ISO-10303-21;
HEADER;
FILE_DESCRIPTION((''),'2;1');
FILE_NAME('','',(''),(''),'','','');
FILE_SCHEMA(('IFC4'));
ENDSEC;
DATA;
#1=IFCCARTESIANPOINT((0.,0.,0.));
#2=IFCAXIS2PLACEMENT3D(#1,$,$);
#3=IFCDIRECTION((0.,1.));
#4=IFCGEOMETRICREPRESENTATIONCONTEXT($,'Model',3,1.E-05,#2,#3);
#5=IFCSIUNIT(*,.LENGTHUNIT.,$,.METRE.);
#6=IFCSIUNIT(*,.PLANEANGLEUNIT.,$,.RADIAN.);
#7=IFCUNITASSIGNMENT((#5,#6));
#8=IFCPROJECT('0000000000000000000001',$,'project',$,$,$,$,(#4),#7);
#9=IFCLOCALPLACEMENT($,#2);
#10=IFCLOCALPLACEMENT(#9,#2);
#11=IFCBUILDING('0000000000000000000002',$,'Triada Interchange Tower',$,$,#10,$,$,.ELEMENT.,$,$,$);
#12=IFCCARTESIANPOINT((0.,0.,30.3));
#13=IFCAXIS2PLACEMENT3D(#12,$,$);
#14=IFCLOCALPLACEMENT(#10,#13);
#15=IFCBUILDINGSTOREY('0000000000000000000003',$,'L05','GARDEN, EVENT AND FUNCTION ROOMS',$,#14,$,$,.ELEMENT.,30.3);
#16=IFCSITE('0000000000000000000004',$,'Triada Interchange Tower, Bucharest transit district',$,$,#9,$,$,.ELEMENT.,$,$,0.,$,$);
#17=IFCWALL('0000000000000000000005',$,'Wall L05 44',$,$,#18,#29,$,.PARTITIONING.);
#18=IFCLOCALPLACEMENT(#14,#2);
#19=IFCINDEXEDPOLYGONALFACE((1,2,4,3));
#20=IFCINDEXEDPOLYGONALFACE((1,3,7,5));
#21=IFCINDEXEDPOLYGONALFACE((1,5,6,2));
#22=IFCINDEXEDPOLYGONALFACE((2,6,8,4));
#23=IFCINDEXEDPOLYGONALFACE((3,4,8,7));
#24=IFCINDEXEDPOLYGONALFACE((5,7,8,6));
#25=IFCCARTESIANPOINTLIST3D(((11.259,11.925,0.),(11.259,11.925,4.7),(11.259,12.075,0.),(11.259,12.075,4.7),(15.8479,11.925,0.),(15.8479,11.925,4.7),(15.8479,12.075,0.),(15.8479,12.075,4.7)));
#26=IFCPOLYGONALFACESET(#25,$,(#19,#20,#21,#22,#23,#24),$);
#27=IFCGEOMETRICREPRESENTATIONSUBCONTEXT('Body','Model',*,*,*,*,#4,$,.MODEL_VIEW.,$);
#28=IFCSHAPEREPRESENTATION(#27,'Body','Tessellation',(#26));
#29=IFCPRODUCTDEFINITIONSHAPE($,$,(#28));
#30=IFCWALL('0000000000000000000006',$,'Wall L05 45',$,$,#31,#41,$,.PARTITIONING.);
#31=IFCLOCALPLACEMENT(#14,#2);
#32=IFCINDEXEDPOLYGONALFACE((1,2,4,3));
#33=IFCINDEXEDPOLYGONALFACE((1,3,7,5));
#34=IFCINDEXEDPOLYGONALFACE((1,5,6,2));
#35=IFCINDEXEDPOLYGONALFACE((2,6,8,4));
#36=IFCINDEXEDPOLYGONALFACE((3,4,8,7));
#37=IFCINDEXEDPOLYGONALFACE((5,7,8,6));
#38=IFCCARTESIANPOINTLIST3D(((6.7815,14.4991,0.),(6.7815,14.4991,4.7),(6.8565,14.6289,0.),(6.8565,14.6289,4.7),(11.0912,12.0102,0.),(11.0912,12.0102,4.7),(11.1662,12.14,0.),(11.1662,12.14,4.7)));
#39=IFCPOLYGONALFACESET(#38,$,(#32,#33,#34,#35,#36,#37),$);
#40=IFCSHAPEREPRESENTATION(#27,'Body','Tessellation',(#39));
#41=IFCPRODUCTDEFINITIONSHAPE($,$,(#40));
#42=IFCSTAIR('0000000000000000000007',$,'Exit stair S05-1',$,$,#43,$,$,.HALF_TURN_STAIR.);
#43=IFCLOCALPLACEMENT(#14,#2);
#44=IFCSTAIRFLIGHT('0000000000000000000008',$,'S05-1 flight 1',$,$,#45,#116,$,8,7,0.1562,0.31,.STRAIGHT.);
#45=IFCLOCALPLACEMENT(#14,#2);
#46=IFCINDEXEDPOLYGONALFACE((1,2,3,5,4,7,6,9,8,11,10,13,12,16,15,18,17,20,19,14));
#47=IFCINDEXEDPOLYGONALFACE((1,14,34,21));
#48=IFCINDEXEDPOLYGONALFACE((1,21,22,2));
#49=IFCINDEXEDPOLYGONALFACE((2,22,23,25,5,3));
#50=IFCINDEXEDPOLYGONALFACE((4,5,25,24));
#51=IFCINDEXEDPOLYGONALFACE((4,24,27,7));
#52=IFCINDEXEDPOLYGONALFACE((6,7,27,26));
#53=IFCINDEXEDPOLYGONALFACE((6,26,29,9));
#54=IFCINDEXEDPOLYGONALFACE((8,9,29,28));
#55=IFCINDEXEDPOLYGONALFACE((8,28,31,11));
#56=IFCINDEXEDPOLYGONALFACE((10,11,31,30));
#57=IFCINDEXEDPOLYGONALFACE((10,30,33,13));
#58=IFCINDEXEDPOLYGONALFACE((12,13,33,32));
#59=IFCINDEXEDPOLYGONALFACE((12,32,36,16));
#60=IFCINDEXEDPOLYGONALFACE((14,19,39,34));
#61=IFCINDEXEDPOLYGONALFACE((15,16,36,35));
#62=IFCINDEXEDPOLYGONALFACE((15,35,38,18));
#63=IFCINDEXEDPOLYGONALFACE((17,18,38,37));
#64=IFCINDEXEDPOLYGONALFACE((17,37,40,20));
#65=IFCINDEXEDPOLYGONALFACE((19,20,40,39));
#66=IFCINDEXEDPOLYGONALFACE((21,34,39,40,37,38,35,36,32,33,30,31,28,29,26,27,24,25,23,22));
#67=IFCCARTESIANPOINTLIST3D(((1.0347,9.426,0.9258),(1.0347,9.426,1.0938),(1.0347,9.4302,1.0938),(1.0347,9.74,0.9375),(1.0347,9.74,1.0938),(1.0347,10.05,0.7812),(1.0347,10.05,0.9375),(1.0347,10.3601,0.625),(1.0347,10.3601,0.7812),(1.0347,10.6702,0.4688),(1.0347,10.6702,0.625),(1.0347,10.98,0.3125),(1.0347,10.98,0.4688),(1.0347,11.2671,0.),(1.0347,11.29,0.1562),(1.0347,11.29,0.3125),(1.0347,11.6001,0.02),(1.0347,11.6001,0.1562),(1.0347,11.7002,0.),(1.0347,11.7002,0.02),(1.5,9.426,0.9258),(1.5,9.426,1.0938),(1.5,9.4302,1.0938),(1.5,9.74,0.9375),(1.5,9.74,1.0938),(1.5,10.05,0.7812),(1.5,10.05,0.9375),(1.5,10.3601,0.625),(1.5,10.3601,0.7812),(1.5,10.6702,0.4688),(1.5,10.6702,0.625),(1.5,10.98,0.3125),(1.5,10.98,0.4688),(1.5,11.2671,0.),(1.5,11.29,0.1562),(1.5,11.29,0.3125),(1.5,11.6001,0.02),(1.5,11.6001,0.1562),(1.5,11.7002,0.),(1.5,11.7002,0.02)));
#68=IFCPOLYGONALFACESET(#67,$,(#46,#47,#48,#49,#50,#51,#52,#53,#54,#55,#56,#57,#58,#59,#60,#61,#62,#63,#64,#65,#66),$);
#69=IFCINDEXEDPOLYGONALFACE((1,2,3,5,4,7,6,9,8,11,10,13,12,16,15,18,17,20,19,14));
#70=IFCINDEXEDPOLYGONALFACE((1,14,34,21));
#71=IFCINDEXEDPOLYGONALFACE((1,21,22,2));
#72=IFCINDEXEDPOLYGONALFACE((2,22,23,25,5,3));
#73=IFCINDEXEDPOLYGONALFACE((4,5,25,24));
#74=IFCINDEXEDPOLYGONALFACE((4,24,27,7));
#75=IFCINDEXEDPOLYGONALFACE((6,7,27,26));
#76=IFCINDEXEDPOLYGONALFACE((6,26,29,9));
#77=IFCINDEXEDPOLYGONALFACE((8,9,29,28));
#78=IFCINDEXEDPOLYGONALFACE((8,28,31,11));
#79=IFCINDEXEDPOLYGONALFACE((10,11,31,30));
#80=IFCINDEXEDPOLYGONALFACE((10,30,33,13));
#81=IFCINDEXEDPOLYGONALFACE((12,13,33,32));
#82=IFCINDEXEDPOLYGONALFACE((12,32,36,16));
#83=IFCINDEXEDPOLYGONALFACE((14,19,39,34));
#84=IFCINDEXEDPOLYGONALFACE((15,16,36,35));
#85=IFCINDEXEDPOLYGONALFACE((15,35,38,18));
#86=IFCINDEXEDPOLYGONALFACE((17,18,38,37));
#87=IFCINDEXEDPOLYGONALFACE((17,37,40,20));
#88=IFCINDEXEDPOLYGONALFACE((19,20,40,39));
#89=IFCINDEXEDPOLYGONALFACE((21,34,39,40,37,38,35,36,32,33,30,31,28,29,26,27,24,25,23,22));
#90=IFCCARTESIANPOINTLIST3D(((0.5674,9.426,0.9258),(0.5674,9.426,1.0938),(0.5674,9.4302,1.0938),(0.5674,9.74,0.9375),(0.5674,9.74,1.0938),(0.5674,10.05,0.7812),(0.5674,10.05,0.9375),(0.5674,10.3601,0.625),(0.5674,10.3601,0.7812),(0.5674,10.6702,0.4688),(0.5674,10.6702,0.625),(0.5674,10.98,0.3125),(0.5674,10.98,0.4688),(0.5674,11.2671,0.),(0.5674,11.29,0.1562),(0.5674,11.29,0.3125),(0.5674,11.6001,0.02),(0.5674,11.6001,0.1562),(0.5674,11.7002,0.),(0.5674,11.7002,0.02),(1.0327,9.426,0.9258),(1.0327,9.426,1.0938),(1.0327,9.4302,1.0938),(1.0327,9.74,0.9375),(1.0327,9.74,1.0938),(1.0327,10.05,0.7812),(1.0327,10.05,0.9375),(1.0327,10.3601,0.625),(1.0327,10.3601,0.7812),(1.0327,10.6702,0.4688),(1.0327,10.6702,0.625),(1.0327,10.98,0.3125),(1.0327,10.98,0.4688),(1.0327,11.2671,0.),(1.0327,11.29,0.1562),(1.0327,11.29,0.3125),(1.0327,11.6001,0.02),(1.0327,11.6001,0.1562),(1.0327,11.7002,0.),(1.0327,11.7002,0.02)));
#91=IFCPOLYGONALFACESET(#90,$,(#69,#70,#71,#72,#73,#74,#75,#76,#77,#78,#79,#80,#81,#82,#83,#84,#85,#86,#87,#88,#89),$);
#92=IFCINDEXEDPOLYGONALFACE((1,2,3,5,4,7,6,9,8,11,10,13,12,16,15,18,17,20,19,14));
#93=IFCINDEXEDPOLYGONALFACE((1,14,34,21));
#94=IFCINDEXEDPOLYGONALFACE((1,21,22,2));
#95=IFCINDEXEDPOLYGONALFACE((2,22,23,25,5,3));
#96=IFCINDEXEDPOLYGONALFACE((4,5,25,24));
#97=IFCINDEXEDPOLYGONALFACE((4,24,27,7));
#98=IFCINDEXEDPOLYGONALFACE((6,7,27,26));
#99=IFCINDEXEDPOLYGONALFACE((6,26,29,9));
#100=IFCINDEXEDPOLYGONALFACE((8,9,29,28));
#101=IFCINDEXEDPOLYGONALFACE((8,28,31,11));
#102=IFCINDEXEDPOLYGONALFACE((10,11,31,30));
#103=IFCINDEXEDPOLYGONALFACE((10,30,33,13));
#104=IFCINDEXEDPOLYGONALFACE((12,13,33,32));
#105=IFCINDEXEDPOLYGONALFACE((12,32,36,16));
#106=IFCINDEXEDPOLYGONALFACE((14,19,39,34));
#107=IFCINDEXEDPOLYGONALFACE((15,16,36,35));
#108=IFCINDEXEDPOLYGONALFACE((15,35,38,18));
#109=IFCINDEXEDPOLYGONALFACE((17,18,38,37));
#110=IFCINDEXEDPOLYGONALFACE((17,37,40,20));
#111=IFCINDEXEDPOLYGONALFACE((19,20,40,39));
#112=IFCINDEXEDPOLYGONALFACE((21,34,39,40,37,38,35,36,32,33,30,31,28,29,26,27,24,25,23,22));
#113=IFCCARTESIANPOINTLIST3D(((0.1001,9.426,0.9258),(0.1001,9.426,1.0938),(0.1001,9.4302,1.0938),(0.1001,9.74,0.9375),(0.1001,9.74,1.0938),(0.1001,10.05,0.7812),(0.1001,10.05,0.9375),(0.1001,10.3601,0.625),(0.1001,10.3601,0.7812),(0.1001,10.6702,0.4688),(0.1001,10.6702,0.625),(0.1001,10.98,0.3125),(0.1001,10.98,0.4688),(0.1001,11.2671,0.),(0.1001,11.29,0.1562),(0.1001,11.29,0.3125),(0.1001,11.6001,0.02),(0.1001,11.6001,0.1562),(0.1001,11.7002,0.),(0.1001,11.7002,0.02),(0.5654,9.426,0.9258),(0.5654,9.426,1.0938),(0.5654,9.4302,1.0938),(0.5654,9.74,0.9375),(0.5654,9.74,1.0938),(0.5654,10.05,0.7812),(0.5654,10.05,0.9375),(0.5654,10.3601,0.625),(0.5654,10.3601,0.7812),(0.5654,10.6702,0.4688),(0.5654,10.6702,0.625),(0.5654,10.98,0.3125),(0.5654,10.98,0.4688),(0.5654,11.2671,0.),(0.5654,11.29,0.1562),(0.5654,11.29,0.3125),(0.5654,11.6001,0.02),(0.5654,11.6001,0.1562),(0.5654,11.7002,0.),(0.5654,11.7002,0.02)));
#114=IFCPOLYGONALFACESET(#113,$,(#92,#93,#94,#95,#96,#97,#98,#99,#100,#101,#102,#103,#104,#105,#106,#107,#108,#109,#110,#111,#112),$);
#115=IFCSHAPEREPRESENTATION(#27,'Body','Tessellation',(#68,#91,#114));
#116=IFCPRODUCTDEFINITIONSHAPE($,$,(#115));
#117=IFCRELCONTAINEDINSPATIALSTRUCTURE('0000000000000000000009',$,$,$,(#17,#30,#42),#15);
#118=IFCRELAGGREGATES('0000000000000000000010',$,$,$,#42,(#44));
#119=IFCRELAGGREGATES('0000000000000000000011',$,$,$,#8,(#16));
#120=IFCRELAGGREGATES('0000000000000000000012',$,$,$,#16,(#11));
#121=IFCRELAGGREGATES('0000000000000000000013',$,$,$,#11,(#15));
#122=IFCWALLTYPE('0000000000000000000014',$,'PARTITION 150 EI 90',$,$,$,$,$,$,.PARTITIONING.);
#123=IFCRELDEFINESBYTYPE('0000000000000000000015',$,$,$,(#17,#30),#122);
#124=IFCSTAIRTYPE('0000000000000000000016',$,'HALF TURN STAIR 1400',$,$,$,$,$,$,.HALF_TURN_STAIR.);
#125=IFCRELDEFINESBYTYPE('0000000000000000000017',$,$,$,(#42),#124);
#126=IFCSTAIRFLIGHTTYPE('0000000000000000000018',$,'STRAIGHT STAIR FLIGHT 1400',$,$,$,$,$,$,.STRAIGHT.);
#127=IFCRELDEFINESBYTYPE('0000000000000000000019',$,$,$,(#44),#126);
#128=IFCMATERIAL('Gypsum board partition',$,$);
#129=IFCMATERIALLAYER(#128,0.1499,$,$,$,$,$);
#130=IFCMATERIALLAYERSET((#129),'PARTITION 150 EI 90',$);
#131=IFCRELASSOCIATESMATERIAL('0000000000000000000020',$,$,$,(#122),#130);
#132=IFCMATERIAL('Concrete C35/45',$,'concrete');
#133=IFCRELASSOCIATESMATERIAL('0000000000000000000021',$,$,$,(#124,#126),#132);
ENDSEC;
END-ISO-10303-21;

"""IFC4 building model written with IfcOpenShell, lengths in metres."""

from ifc_helpers import new_model, si_unit, direction, frame, frame_2d, origin, place, context, subcontext, project, spatial, polyline, rectangle, outline, extrude, material, layer, layer_set, type_object, element, aggregate, save


model = new_model("IFC4")

# Units and contexts
model_context = context("Model", 3, precision=1e-05, world=origin(), true_north=direction((0.0, 1.0)))
body_context = subcontext(model_context, "Body", "Model", "MODEL_VIEW")
ifc_project = project(units=[si_unit("LENGTHUNIT", "METRE"), si_unit("PLANEANGLEUNIT", "RADIAN")], contexts=[model_context])

# Site, building, storey
site_placement = place(None, origin())
site = spatial("IfcSite", under=ifc_project, at=site_placement, Name="Triada Interchange Tower, Bucharest transit district", CompositionType="ELEMENT", RefElevation=0.0)
building_placement = place(site_placement, origin())
building = spatial("IfcBuilding", under=site, at=building_placement, Name="Triada Interchange Tower", CompositionType="ELEMENT")
storey_placement = place(building_placement, frame((0.0, 0.0, 30.3)))
storey = spatial("IfcBuildingStorey", under=building, at=storey_placement, Name="L05", Description="GARDEN, EVENT AND FUNCTION ROOMS", CompositionType="ELEMENT", Elevation=30.3)

# Shared definitions
ifc_material_1 = material(Name="Concrete C35/45", Category="concrete")

# Shared definitions
ifc_material_2 = material(Name="Gypsum board partition")
ifc_layer_1 = layer(ifc_material_2, 0.1499)
ifc_layer_set_1 = layer_set([ifc_layer_1], Name="PARTITION 150 EI 90")
wall_type_1 = type_object("IfcWallType", Name="PARTITION 150 EI 90", PredefinedType="PARTITIONING", material=ifc_layer_set_1)

# Walls
wall_1_placement = place(storey_placement, frame((11.259, 12.0, 0.0), z_axis=(0.0, 0.0, 1.0), x_axis=(1.0, 0.0, 0.0)))
element("IfcWall", 1, at=wall_1_placement, inside=storey, type_object=wall_type_1, Name="Wall L05 44", PredefinedType="PARTITIONING", context=body_context, shape_type="SweptSolid", body=[
    extrude(rectangle(XDim=4.5889, YDim=0.1499, at=frame_2d((2.2944, 0.0))), origin(), (0.0, 0.0, 1.0), 4.7),
])
wall_2_placement = place(storey_placement, frame((6.8191, 14.564, 0.0), z_axis=(0.0, 0.0, 1.0), x_axis=(0.865961, -0.500112, 0.0)))
element("IfcWall", 2, at=wall_2_placement, inside=storey, type_object=wall_type_1, Name="Wall L05 45", PredefinedType="PARTITIONING", context=body_context, shape_type="SweptSolid", body=[
    extrude(rectangle(XDim=4.9768, YDim=0.1499, at=frame_2d((2.4883, 0.0))), origin(), (0.0, 0.0, 1.0), 4.7),
])

# Stair, stair flight
stair_type = type_object("IfcStairType", Name="HALF TURN STAIR 1400", PredefinedType="HALF_TURN_STAIR", material=ifc_material_1)
stair_placement = place(storey_placement, origin())
stair = element("IfcStair", 3, at=stair_placement, inside=storey, type_object=stair_type, Name="Exit stair S05-1", PredefinedType="HALF_TURN_STAIR")
stair_flight_type = type_object("IfcStairFlightType", Name="STRAIGHT STAIR FLIGHT 1400", PredefinedType="STRAIGHT", material=ifc_material_1)
stair_flight_1_placement = place(storey_placement, frame((0.8, 11.6001, 0.0), z_axis=(0.0, 0.0, 1.0), x_axis=(0.0, -1.0, 0.0)))
stair_flight_1 = element("IfcStairFlight", 4, at=stair_flight_1_placement, type_object=stair_flight_type, Name="S05-1 flight 1", NumberOfRisers=8, NumberOfTreads=7, PredefinedType="STRAIGHT", RiserHeight=0.1562, TreadLength=0.31, context=body_context, shape_type="SweptSolid", body=[
    extrude(outline(polyline([(-0.1001, 0.0), (-0.1001, 0.02), (0.0, 0.02), (0.0, 0.1562), (0.3101, 0.1562), (0.3101, 0.3125), (0.6201, 0.3125), (0.6201, 0.4688), (0.9299, 0.4688), (0.9299, 0.625), (1.24, 0.625), (1.24, 0.7812), (1.55, 0.7812), (1.55, 0.9375), (1.8601, 0.9375), (1.8601, 1.0938), (2.1699, 1.0938), (2.1741, 1.0938), (2.1741, 1.25), (2.1741, 0.9258), (0.333, 0.0), (-0.1001, 0.0)])), frame((0.0, 0.7, 0.0), z_axis=(0.0, -1.0, 0.0), x_axis=(1.0, 0.0, 0.0)), (0.0, 0.0, 1.0), 0.4653),
    extrude(outline(polyline([(-0.1001, 0.0), (-0.1001, 0.02), (0.0, 0.02), (0.0, 0.1562), (0.3101, 0.1562), (0.3101, 0.3125), (0.6201, 0.3125), (0.6201, 0.4688), (0.9299, 0.4688), (0.9299, 0.625), (1.24, 0.625), (1.24, 0.7812), (1.55, 0.7812), (1.55, 0.9375), (1.8601, 0.9375), (1.8601, 1.0938), (2.1699, 1.0938), (2.1741, 1.0938), (2.1741, 1.25), (2.1741, 0.9258), (0.333, 0.0), (-0.1001, 0.0)])), frame((0.0, 0.2327, 0.0), z_axis=(0.0, -1.0, 0.0), x_axis=(1.0, 0.0, 0.0)), (0.0, 0.0, 1.0), 0.4653),
    extrude(outline(polyline([(-0.1001, 0.0), (-0.1001, 0.02), (0.0, 0.02), (0.0, 0.1562), (0.3101, 0.1562), (0.3101, 0.3125), (0.6201, 0.3125), (0.6201, 0.4688), (0.9299, 0.4688), (0.9299, 0.625), (1.24, 0.625), (1.24, 0.7812), (1.55, 0.7812), (1.55, 0.9375), (1.8601, 0.9375), (1.8601, 1.0938), (2.1699, 1.0938), (2.1741, 1.0938), (2.1741, 1.25), (2.1741, 0.9258), (0.333, 0.0), (-0.1001, 0.0)])), frame((0.0, -0.2346, 0.0), z_axis=(0.0, -1.0, 0.0), x_axis=(1.0, 0.0, 0.0)), (0.0, 0.0, 1.0), 0.4653),
])
aggregate(stair, [stair_flight_1])

save(model, "model.ifc")
